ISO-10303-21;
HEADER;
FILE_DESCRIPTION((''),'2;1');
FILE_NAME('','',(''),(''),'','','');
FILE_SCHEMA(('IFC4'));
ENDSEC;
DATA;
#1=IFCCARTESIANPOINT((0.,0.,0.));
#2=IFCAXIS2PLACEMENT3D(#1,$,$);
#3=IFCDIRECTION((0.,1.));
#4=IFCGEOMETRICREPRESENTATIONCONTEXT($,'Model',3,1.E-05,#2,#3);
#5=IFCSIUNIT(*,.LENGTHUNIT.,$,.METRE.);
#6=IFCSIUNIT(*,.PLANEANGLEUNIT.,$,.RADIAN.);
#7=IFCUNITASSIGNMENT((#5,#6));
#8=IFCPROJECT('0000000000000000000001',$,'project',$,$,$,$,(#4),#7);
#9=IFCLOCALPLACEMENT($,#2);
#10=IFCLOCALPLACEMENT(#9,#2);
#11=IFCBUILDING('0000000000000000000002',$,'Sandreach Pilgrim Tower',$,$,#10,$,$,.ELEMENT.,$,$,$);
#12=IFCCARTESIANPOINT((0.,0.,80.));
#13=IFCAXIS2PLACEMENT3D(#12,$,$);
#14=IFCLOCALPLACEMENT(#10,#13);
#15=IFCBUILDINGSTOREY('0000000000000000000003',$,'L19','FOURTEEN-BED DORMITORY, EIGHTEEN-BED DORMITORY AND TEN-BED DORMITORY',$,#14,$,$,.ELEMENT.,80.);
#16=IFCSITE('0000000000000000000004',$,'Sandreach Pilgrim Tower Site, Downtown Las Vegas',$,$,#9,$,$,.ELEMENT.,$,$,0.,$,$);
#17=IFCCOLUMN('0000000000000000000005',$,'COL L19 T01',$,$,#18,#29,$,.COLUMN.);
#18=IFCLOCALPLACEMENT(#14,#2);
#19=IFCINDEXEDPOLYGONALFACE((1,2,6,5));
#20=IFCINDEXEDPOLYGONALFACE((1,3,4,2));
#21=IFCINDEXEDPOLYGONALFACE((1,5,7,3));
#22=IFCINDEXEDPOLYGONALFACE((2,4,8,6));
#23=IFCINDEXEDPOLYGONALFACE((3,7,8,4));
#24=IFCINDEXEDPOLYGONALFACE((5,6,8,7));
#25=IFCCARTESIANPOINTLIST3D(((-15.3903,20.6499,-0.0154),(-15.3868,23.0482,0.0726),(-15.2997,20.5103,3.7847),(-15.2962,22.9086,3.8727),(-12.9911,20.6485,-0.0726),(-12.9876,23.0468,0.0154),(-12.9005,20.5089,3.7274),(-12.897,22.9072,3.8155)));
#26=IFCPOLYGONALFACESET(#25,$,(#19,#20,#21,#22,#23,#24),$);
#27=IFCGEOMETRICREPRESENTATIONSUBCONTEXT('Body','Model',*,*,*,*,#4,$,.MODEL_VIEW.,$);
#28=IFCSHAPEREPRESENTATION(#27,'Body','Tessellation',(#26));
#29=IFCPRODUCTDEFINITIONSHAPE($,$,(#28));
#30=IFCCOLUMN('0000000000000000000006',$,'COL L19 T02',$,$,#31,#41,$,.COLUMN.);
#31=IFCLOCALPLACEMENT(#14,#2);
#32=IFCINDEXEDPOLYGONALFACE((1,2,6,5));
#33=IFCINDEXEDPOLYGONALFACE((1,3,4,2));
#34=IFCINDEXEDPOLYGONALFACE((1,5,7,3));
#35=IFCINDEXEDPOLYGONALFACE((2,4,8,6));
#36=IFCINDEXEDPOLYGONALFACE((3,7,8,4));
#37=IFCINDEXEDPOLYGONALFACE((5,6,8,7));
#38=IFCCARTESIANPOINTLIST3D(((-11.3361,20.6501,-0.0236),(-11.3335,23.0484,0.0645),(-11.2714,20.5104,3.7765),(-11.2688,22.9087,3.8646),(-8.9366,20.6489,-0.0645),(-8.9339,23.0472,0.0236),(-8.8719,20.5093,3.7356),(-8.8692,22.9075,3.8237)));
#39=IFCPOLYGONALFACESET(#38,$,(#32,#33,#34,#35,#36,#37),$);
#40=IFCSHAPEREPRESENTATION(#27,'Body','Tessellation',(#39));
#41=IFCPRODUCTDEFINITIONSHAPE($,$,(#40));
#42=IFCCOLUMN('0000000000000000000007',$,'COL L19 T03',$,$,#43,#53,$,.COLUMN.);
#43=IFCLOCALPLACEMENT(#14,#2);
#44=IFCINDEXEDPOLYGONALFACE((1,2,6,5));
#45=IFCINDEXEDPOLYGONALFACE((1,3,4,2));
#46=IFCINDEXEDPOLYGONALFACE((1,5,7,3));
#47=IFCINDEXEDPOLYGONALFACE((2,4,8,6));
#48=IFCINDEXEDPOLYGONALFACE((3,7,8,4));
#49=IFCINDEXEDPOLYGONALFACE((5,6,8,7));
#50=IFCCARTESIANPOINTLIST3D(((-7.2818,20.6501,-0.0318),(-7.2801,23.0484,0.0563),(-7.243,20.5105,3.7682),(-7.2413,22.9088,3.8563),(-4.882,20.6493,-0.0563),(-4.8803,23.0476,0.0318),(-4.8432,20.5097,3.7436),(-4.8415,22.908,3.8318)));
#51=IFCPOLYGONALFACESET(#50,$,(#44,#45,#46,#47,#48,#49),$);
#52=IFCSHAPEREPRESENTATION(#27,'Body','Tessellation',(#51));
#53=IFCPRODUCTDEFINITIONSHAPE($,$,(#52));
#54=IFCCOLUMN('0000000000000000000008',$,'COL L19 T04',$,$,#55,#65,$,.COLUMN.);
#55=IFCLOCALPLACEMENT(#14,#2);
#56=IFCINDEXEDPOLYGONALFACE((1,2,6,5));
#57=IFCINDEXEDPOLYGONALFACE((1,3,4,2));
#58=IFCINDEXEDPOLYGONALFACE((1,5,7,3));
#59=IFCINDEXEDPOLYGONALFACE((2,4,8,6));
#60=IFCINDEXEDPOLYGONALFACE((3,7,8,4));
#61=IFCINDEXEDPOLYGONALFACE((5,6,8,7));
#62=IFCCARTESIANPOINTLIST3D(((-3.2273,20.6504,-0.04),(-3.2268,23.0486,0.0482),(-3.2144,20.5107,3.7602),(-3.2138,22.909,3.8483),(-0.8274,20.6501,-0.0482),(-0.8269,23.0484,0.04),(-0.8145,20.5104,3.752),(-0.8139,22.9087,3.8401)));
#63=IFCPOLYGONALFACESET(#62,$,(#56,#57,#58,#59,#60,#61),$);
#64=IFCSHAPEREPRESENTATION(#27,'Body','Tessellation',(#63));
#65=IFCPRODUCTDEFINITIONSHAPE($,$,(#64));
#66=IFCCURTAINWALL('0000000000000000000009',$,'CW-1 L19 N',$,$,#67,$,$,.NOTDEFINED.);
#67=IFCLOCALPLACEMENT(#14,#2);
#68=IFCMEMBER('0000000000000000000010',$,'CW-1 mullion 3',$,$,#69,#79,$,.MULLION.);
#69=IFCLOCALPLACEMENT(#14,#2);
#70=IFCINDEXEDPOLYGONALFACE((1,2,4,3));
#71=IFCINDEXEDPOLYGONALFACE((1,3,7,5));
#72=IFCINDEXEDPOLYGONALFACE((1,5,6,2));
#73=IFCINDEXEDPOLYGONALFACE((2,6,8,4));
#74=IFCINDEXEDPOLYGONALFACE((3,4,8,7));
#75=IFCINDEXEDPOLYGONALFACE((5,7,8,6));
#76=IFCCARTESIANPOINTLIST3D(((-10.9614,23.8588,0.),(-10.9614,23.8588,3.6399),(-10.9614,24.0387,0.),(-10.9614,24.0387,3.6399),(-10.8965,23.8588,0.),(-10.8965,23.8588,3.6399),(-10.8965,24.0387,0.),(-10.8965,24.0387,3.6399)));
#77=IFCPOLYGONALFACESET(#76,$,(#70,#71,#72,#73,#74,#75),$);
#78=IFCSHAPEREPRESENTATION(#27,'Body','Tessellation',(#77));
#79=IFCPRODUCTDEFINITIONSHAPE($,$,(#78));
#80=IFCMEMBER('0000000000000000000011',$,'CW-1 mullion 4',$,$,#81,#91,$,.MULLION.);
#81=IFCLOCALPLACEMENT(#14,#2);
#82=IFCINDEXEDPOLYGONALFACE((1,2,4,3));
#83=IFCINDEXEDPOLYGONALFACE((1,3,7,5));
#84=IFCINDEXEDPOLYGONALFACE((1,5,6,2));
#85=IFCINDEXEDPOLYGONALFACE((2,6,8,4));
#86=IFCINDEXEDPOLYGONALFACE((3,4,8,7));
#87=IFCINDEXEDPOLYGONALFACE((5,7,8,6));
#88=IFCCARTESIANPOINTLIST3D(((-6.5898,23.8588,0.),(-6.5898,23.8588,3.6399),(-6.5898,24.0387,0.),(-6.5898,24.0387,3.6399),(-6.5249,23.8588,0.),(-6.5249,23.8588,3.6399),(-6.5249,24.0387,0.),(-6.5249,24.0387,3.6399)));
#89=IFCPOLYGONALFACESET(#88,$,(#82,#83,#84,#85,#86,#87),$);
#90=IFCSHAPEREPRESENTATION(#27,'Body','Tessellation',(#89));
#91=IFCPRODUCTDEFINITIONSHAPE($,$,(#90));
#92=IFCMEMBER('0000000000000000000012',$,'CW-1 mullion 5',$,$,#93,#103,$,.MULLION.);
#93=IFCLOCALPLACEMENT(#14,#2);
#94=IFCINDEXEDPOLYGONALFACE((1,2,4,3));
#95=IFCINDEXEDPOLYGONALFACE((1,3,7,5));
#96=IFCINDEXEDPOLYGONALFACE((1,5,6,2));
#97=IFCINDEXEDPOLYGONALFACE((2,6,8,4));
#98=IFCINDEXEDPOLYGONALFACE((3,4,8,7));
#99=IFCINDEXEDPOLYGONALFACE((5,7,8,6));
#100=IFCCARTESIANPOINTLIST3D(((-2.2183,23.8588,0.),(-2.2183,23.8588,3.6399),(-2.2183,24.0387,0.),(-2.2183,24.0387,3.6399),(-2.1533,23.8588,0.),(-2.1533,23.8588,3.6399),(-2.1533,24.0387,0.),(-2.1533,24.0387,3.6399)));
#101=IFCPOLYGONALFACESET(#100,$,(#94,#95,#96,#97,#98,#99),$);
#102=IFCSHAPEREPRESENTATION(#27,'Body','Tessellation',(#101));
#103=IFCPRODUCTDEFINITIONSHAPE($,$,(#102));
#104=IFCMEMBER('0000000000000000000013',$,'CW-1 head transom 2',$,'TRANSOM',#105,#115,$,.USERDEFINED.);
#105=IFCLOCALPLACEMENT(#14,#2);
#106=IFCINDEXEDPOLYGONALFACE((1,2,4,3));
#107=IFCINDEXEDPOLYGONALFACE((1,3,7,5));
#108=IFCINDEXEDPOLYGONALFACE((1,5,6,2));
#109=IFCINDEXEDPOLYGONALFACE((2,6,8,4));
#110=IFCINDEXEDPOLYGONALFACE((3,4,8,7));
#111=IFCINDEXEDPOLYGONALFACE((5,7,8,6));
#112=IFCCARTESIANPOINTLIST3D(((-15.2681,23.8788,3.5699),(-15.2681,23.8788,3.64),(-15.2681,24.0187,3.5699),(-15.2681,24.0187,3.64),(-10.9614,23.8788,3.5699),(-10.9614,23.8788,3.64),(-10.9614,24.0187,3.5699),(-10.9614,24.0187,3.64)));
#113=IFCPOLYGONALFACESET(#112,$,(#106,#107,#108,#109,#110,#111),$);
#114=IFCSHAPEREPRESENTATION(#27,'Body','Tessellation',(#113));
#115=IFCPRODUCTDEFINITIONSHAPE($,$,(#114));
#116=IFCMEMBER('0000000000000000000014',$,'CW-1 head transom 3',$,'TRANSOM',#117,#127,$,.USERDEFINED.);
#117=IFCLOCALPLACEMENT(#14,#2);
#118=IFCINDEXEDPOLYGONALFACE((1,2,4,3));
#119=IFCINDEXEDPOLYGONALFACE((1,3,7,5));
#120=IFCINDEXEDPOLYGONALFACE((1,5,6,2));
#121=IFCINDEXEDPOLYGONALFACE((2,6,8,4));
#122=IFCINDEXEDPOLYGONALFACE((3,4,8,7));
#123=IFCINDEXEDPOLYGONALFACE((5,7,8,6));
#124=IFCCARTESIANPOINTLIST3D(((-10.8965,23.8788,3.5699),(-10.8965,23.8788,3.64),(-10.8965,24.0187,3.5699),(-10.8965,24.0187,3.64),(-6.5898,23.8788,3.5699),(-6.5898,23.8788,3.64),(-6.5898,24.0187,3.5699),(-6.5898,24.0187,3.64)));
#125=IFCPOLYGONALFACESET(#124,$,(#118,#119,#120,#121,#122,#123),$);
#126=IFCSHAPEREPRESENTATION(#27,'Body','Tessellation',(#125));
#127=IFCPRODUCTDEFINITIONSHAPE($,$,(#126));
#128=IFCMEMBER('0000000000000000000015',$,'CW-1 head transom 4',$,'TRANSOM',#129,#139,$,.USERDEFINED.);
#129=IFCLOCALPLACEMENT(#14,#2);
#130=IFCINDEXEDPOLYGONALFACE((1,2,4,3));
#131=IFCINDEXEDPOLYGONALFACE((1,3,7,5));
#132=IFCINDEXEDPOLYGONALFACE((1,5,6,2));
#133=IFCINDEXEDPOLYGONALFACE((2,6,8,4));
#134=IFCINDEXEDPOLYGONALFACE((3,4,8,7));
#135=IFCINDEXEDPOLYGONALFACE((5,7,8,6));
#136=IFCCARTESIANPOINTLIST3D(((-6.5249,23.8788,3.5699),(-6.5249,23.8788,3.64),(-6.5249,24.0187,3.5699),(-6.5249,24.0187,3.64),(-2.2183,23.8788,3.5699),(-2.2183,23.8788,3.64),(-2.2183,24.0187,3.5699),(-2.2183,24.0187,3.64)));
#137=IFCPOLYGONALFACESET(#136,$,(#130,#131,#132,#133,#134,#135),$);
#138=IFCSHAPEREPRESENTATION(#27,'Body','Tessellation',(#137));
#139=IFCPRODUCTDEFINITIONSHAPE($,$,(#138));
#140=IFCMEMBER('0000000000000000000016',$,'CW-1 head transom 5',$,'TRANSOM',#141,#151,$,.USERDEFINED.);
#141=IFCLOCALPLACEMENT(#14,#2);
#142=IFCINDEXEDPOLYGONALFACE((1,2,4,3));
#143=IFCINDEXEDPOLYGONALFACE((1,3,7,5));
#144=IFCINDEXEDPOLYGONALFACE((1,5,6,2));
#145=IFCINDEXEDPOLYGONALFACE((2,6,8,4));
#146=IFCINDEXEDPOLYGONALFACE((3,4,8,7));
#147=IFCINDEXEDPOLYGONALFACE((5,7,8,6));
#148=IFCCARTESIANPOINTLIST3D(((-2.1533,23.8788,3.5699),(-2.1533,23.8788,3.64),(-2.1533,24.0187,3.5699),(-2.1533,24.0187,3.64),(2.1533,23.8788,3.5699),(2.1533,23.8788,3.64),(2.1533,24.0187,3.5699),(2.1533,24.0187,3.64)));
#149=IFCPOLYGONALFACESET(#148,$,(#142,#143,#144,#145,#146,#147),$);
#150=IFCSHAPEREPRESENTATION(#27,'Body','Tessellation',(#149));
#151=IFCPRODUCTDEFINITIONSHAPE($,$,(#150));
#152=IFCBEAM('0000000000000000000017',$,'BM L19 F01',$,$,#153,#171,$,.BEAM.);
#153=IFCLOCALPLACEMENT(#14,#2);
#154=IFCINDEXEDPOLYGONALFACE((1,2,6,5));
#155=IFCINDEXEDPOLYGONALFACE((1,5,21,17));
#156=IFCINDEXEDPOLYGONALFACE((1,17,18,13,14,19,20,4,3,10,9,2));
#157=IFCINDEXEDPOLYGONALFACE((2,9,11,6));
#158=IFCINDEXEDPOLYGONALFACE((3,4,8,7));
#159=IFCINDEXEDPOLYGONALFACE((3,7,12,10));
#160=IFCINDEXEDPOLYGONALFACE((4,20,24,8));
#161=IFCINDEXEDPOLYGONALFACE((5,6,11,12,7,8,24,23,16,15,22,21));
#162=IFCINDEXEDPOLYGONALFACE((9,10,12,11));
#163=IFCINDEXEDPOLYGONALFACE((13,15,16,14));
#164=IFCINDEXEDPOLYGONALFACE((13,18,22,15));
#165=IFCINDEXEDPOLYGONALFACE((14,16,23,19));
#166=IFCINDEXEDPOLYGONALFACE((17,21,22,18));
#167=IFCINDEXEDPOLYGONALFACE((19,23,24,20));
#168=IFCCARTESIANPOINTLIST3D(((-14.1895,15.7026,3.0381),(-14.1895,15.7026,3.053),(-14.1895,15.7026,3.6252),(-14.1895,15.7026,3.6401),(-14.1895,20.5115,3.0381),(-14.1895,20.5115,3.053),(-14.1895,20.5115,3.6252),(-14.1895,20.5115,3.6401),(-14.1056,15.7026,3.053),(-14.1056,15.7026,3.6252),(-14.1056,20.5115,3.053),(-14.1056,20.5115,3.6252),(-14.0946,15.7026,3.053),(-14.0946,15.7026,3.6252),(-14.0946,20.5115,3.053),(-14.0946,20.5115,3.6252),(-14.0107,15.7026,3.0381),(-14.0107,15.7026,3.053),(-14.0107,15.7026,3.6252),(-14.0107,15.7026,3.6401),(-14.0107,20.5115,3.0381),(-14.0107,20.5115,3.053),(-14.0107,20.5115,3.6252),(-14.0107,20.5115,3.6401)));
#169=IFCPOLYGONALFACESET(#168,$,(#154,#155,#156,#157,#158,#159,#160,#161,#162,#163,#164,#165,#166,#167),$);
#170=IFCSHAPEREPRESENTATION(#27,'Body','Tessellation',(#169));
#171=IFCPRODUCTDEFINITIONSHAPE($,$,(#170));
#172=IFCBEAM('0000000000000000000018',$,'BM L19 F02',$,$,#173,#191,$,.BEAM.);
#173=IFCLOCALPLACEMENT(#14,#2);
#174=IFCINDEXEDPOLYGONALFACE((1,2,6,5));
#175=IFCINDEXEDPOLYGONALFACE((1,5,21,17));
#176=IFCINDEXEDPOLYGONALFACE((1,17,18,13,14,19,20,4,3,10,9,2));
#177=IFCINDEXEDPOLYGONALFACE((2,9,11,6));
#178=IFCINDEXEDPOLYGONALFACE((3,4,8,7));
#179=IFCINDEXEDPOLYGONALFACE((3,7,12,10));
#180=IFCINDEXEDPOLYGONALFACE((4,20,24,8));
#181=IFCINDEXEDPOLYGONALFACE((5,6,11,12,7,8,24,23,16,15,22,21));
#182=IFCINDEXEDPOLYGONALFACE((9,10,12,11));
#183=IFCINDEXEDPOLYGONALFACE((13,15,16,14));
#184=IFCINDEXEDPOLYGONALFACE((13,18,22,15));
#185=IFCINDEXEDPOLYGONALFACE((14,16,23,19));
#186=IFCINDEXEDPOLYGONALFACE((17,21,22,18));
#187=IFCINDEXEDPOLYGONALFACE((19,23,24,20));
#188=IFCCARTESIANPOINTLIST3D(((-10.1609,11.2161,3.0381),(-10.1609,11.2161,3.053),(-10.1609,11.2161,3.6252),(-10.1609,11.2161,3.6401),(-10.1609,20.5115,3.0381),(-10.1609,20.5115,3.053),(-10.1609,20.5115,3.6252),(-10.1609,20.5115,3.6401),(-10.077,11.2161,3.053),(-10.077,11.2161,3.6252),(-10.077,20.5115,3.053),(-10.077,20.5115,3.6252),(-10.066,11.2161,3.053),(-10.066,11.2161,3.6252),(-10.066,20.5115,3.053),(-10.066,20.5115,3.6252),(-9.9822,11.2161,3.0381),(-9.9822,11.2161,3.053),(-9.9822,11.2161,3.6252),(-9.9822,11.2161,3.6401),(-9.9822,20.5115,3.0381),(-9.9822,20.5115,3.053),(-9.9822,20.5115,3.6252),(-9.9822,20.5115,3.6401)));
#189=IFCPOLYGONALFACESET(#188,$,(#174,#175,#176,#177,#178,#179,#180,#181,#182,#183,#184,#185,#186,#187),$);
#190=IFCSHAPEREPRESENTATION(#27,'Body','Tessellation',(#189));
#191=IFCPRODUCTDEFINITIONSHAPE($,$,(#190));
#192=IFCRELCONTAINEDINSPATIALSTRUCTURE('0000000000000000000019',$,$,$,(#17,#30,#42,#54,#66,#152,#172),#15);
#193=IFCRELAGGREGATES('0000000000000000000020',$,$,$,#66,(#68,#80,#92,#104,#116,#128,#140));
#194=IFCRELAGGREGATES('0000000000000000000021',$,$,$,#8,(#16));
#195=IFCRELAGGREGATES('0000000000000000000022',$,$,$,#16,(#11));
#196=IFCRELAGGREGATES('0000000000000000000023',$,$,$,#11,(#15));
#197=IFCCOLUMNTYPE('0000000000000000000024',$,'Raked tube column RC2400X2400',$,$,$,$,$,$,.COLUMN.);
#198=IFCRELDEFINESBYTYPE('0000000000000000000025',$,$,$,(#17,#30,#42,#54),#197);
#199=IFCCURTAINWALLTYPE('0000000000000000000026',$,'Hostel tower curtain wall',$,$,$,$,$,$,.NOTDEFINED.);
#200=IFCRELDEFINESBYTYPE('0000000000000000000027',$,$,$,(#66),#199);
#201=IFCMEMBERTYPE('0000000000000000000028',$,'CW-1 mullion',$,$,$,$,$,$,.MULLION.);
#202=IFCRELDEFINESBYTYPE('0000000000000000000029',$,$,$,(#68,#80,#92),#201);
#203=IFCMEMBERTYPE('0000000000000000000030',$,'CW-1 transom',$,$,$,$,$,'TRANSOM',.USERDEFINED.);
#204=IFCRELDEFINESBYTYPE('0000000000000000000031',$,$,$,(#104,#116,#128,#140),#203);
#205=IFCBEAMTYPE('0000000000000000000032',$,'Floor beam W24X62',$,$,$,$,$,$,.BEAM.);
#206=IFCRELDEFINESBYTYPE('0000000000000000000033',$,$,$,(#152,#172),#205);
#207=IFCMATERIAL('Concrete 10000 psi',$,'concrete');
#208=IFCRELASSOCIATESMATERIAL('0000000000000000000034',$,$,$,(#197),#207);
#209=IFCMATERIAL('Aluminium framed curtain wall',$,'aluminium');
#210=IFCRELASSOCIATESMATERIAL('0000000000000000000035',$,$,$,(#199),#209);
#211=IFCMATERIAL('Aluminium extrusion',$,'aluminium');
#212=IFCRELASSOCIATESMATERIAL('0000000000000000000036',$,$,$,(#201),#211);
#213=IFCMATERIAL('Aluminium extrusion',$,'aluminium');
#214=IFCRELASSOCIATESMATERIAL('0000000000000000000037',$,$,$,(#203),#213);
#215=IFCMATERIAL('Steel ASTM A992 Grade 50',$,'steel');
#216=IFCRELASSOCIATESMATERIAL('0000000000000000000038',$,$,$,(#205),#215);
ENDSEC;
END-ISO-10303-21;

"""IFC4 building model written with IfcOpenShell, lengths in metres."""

from ifc_helpers import new_model, si_unit, direction, frame, origin, origin_2d, place, context, subcontext, project, spatial, rectangle, i_section, extrude, material, material_profile, profile_set, type_object, element, aggregate, save


model = new_model("IFC4")

# Units and contexts
model_context = context("Model", 3, precision=1e-05, world=origin(), true_north=direction((0.0, 1.0)))
body_context = subcontext(model_context, "Body", "Model", "MODEL_VIEW")
ifc_project = project(units=[si_unit("LENGTHUNIT", "METRE"), si_unit("PLANEANGLEUNIT", "RADIAN")], contexts=[model_context])

# Site, building, storey
site_placement = place(None, origin())
site = spatial("IfcSite", under=ifc_project, at=site_placement, Name="Sandreach Pilgrim Tower Site, Downtown Las Vegas", CompositionType="ELEMENT", RefElevation=0.0)
building_placement = place(site_placement, origin())
building = spatial("IfcBuilding", under=site, at=building_placement, Name="Sandreach Pilgrim Tower", CompositionType="ELEMENT")
storey_placement = place(building_placement, frame((0.0, 0.0, 80.0)))
storey = spatial("IfcBuildingStorey", under=building, at=storey_placement, Name="L19", Description="FOURTEEN-BED DORMITORY, EIGHTEEN-BED DORMITORY AND TEN-BED DORMITORY", CompositionType="ELEMENT", Elevation=80.0)

# Columns
ifc_material_1 = material(Name="Concrete 10000 psi", Category="concrete")
ifc_material_profile_1 = material_profile(ifc_material_1, rectangle(XDim=2.3999, YDim=2.3999, at=origin_2d()), Name="RC2400X2400")
ifc_profile_set_1 = profile_set([ifc_material_profile_1], Name="Concrete 10000 psi")
column_type = type_object("IfcColumnType", Name="Raked tube column RC2400X2400", PredefinedType="COLUMN", material=ifc_profile_set_1)
column_1_placement = place(storey_placement, frame((-14.189, 21.8484, 0.0), z_axis=(0.023813, -0.036714, 0.999042), x_axis=(0.001458, 0.999326, 0.03669)))
element("IfcColumn", 1, at=column_1_placement, inside=storey, type_object=column_type, Name="COL L19 T01", PredefinedType="COLUMN", context=body_context, shape_type="SweptSolid", body=[
    extrude(rectangle(XDim=2.3999, YDim=2.3999, at=origin_2d()), origin(), (0.0, 0.0, 1.0), 3.8037),
])
column_2_placement = place(storey_placement, frame((-10.135, 21.8486, 0.0), z_axis=(0.017011, -0.036719, 0.999181), x_axis=(0.001112, 0.999326, 0.036705)))
element("IfcColumn", 2, at=column_2_placement, inside=storey, type_object=column_type, Name="COL L19 T02", PredefinedType="COLUMN", context=body_context, shape_type="SweptSolid", body=[
    extrude(rectangle(XDim=2.3999, YDim=2.3999, at=origin_2d()), origin(), (0.0, 0.0, 1.0), 3.8032),
])
for number, where, z_axis, x_axis, name in (
    (3, (-6.0811, 21.8489, 0.0), (0.010208, -0.036722, 0.999273), (0.000705, 0.999325, 0.036717), "COL L19 T03"),
    (4, (-2.0271, 21.8494, 0.0), (0.003403, -0.036724, 0.99932), (0.000242, 0.999325, 0.036724), "COL L19 T04"),
):
    element("IfcColumn", number, at=place(storey_placement, frame(where, z_axis=z_axis, x_axis=x_axis)), inside=storey, type_object=column_type, Name=name, PredefinedType="COLUMN", context=body_context, shape_type="SweptSolid", body=[
        extrude(rectangle(XDim=2.3999, YDim=2.3999, at=origin_2d()), origin(), (0.0, 0.0, 1.0), 3.8027),
    ])

# Curtain wall, members
ifc_material_2 = material(Name="Aluminium framed curtain wall", Category="aluminium")
curtain_wall_type = type_object("IfcCurtainWallType", Name="Hostel tower curtain wall", PredefinedType="NOTDEFINED", material=ifc_material_2)
curtain_wall_placement = place(storey_placement, origin())
curtain_wall = element("IfcCurtainWall", 5, at=curtain_wall_placement, inside=storey, type_object=curtain_wall_type, Name="CW-1 L19 N", PredefinedType="NOTDEFINED")
ifc_material_3 = material(Name="Aluminium extrusion", Category="aluminium")
ifc_material_profile_2 = material_profile(ifc_material_3, rectangle(XDim=0.0649, YDim=0.1799, at=origin_2d()), Name="CW-1M 65X180")
ifc_profile_set_2 = profile_set([ifc_material_profile_2], Name="Aluminium extrusion")
member_type_1 = type_object("IfcMemberType", Name="CW-1 mullion", PredefinedType="MULLION", material=ifc_profile_set_2)
member_1_placement = place(storey_placement, frame((-10.929, 23.9487, 0.0), z_axis=(0.0, 0.0, 1.0), x_axis=(1.0, 0.0, 0.0)))
member_1 = element("IfcMember", 6, at=member_1_placement, type_object=member_type_1, Name="CW-1 mullion 3", PredefinedType="MULLION", context=body_context, shape_type="SweptSolid", body=[
    extrude(rectangle(XDim=0.0649, YDim=0.1799, at=origin_2d()), origin(), (0.0, 0.0, 1.0), 3.6399),
])
member_2_placement = place(storey_placement, frame((-6.5574, 23.9487, 0.0), z_axis=(0.0, 0.0, 1.0), x_axis=(1.0, 0.0, 0.0)))
member_2 = element("IfcMember", 7, at=member_2_placement, type_object=member_type_1, Name="CW-1 mullion 4", PredefinedType="MULLION", context=body_context, shape_type="SweptSolid", body=[
    extrude(rectangle(XDim=0.0649, YDim=0.1799, at=origin_2d()), origin(), (0.0, 0.0, 1.0), 3.6399),
])
member_3_placement = place(storey_placement, frame((-2.1858, 23.9487, 0.0), z_axis=(0.0, 0.0, 1.0), x_axis=(1.0, 0.0, 0.0)))
member_3 = element("IfcMember", 8, at=member_3_placement, type_object=member_type_1, Name="CW-1 mullion 5", PredefinedType="MULLION", context=body_context, shape_type="SweptSolid", body=[
    extrude(rectangle(XDim=0.0649, YDim=0.1799, at=origin_2d()), origin(), (0.0, 0.0, 1.0), 3.6399),
])
ifc_material_4 = material(Name="Aluminium extrusion", Category="aluminium")
ifc_material_profile_3 = material_profile(ifc_material_4, rectangle(XDim=0.1399, YDim=0.0701, at=origin_2d()), Name="CW-1T 140X70")
ifc_profile_set_3 = profile_set([ifc_material_profile_3], Name="Aluminium extrusion")
member_type_2 = type_object("IfcMemberType", Name="CW-1 transom", ElementType="TRANSOM", PredefinedType="USERDEFINED", material=ifc_profile_set_3)
member_4_placement = place(storey_placement, frame((-15.2681, 23.9487, 3.605), z_axis=(1.0, 0.0, 0.0), x_axis=(0.0, 1.0, 0.0)))
member_4 = element("IfcMember", 9, at=member_4_placement, type_object=member_type_2, Name="CW-1 head transom 2", ObjectType="TRANSOM", PredefinedType="USERDEFINED", context=body_context, shape_type="SweptSolid", body=[
    extrude(rectangle(XDim=0.1399, YDim=0.0701, at=origin_2d()), origin(), (0.0, 0.0, 1.0), 4.3066),
])
member_5_placement = place(storey_placement, frame((-10.8965, 23.9487, 3.605), z_axis=(1.0, 0.0, 0.0), x_axis=(0.0, 1.0, 0.0)))
member_5 = element("IfcMember", 10, at=member_5_placement, type_object=member_type_2, Name="CW-1 head transom 3", ObjectType="TRANSOM", PredefinedType="USERDEFINED", context=body_context, shape_type="SweptSolid", body=[
    extrude(rectangle(XDim=0.1399, YDim=0.0701, at=origin_2d()), origin(), (0.0, 0.0, 1.0), 4.3066),
])
member_6_placement = place(storey_placement, frame((-6.5249, 23.9487, 3.605), z_axis=(1.0, 0.0, 0.0), x_axis=(0.0, 1.0, 0.0)))
member_6 = element("IfcMember", 11, at=member_6_placement, type_object=member_type_2, Name="CW-1 head transom 4", ObjectType="TRANSOM", PredefinedType="USERDEFINED", context=body_context, shape_type="SweptSolid", body=[
    extrude(rectangle(XDim=0.1399, YDim=0.0701, at=origin_2d()), origin(), (0.0, 0.0, 1.0), 4.3066),
])
member_7_placement = place(storey_placement, frame((-2.1533, 23.9487, 3.605), z_axis=(1.0, 0.0, 0.0), x_axis=(0.0, 1.0, 0.0)))
member_7 = element("IfcMember", 12, at=member_7_placement, type_object=member_type_2, Name="CW-1 head transom 5", ObjectType="TRANSOM", PredefinedType="USERDEFINED", context=body_context, shape_type="SweptSolid", body=[
    extrude(rectangle(XDim=0.1399, YDim=0.0701, at=origin_2d()), origin(), (0.0, 0.0, 1.0), 4.3066),
])

# Beams
ifc_material_5 = material(Name="Steel ASTM A992 Grade 50", Category="steel")
ifc_material_profile_4 = material_profile(ifc_material_5, i_section(OverallWidth=0.1787, OverallDepth=0.6021, WebThickness=0.011, FlangeThickness=0.0149, at=origin_2d()), Name="W24X62")
ifc_profile_set_4 = profile_set([ifc_material_profile_4], Name="Steel ASTM A992 Grade 50")
beam_type_1 = type_object("IfcBeamType", Name="Floor beam W24X62", PredefinedType="BEAM", material=ifc_profile_set_4)
beam_1_placement = place(storey_placement, frame((-14.1001, 20.5115, 3.3391), z_axis=(0.0, -1.0, 0.0), x_axis=(1.0, 0.0, 0.0)))
element("IfcBeam", 13, at=beam_1_placement, inside=storey, type_object=beam_type_1, Name="BM L19 F01", PredefinedType="BEAM", context=body_context, shape_type="SweptSolid", body=[
    extrude(i_section(OverallWidth=0.1787, OverallDepth=0.6021, WebThickness=0.011, FlangeThickness=0.0149, at=origin_2d()), origin(), (0.0, 0.0, 1.0), 4.8088),
])
beam_2_placement = place(storey_placement, frame((-10.0715, 20.5115, 3.3391), z_axis=(0.0, -1.0, 0.0), x_axis=(1.0, 0.0, 0.0)))
element("IfcBeam", 14, at=beam_2_placement, inside=storey, type_object=beam_type_1, Name="BM L19 F02", PredefinedType="BEAM", context=body_context, shape_type="SweptSolid", body=[
    extrude(i_section(OverallWidth=0.1787, OverallDepth=0.6021, WebThickness=0.011, FlangeThickness=0.0149, at=origin_2d()), origin(), (0.0, 0.0, 1.0), 9.2954),
])

aggregate(curtain_wall, [member_1, member_2, member_3, member_4, member_5, member_6, member_7])

save(model, "model.ifc")
